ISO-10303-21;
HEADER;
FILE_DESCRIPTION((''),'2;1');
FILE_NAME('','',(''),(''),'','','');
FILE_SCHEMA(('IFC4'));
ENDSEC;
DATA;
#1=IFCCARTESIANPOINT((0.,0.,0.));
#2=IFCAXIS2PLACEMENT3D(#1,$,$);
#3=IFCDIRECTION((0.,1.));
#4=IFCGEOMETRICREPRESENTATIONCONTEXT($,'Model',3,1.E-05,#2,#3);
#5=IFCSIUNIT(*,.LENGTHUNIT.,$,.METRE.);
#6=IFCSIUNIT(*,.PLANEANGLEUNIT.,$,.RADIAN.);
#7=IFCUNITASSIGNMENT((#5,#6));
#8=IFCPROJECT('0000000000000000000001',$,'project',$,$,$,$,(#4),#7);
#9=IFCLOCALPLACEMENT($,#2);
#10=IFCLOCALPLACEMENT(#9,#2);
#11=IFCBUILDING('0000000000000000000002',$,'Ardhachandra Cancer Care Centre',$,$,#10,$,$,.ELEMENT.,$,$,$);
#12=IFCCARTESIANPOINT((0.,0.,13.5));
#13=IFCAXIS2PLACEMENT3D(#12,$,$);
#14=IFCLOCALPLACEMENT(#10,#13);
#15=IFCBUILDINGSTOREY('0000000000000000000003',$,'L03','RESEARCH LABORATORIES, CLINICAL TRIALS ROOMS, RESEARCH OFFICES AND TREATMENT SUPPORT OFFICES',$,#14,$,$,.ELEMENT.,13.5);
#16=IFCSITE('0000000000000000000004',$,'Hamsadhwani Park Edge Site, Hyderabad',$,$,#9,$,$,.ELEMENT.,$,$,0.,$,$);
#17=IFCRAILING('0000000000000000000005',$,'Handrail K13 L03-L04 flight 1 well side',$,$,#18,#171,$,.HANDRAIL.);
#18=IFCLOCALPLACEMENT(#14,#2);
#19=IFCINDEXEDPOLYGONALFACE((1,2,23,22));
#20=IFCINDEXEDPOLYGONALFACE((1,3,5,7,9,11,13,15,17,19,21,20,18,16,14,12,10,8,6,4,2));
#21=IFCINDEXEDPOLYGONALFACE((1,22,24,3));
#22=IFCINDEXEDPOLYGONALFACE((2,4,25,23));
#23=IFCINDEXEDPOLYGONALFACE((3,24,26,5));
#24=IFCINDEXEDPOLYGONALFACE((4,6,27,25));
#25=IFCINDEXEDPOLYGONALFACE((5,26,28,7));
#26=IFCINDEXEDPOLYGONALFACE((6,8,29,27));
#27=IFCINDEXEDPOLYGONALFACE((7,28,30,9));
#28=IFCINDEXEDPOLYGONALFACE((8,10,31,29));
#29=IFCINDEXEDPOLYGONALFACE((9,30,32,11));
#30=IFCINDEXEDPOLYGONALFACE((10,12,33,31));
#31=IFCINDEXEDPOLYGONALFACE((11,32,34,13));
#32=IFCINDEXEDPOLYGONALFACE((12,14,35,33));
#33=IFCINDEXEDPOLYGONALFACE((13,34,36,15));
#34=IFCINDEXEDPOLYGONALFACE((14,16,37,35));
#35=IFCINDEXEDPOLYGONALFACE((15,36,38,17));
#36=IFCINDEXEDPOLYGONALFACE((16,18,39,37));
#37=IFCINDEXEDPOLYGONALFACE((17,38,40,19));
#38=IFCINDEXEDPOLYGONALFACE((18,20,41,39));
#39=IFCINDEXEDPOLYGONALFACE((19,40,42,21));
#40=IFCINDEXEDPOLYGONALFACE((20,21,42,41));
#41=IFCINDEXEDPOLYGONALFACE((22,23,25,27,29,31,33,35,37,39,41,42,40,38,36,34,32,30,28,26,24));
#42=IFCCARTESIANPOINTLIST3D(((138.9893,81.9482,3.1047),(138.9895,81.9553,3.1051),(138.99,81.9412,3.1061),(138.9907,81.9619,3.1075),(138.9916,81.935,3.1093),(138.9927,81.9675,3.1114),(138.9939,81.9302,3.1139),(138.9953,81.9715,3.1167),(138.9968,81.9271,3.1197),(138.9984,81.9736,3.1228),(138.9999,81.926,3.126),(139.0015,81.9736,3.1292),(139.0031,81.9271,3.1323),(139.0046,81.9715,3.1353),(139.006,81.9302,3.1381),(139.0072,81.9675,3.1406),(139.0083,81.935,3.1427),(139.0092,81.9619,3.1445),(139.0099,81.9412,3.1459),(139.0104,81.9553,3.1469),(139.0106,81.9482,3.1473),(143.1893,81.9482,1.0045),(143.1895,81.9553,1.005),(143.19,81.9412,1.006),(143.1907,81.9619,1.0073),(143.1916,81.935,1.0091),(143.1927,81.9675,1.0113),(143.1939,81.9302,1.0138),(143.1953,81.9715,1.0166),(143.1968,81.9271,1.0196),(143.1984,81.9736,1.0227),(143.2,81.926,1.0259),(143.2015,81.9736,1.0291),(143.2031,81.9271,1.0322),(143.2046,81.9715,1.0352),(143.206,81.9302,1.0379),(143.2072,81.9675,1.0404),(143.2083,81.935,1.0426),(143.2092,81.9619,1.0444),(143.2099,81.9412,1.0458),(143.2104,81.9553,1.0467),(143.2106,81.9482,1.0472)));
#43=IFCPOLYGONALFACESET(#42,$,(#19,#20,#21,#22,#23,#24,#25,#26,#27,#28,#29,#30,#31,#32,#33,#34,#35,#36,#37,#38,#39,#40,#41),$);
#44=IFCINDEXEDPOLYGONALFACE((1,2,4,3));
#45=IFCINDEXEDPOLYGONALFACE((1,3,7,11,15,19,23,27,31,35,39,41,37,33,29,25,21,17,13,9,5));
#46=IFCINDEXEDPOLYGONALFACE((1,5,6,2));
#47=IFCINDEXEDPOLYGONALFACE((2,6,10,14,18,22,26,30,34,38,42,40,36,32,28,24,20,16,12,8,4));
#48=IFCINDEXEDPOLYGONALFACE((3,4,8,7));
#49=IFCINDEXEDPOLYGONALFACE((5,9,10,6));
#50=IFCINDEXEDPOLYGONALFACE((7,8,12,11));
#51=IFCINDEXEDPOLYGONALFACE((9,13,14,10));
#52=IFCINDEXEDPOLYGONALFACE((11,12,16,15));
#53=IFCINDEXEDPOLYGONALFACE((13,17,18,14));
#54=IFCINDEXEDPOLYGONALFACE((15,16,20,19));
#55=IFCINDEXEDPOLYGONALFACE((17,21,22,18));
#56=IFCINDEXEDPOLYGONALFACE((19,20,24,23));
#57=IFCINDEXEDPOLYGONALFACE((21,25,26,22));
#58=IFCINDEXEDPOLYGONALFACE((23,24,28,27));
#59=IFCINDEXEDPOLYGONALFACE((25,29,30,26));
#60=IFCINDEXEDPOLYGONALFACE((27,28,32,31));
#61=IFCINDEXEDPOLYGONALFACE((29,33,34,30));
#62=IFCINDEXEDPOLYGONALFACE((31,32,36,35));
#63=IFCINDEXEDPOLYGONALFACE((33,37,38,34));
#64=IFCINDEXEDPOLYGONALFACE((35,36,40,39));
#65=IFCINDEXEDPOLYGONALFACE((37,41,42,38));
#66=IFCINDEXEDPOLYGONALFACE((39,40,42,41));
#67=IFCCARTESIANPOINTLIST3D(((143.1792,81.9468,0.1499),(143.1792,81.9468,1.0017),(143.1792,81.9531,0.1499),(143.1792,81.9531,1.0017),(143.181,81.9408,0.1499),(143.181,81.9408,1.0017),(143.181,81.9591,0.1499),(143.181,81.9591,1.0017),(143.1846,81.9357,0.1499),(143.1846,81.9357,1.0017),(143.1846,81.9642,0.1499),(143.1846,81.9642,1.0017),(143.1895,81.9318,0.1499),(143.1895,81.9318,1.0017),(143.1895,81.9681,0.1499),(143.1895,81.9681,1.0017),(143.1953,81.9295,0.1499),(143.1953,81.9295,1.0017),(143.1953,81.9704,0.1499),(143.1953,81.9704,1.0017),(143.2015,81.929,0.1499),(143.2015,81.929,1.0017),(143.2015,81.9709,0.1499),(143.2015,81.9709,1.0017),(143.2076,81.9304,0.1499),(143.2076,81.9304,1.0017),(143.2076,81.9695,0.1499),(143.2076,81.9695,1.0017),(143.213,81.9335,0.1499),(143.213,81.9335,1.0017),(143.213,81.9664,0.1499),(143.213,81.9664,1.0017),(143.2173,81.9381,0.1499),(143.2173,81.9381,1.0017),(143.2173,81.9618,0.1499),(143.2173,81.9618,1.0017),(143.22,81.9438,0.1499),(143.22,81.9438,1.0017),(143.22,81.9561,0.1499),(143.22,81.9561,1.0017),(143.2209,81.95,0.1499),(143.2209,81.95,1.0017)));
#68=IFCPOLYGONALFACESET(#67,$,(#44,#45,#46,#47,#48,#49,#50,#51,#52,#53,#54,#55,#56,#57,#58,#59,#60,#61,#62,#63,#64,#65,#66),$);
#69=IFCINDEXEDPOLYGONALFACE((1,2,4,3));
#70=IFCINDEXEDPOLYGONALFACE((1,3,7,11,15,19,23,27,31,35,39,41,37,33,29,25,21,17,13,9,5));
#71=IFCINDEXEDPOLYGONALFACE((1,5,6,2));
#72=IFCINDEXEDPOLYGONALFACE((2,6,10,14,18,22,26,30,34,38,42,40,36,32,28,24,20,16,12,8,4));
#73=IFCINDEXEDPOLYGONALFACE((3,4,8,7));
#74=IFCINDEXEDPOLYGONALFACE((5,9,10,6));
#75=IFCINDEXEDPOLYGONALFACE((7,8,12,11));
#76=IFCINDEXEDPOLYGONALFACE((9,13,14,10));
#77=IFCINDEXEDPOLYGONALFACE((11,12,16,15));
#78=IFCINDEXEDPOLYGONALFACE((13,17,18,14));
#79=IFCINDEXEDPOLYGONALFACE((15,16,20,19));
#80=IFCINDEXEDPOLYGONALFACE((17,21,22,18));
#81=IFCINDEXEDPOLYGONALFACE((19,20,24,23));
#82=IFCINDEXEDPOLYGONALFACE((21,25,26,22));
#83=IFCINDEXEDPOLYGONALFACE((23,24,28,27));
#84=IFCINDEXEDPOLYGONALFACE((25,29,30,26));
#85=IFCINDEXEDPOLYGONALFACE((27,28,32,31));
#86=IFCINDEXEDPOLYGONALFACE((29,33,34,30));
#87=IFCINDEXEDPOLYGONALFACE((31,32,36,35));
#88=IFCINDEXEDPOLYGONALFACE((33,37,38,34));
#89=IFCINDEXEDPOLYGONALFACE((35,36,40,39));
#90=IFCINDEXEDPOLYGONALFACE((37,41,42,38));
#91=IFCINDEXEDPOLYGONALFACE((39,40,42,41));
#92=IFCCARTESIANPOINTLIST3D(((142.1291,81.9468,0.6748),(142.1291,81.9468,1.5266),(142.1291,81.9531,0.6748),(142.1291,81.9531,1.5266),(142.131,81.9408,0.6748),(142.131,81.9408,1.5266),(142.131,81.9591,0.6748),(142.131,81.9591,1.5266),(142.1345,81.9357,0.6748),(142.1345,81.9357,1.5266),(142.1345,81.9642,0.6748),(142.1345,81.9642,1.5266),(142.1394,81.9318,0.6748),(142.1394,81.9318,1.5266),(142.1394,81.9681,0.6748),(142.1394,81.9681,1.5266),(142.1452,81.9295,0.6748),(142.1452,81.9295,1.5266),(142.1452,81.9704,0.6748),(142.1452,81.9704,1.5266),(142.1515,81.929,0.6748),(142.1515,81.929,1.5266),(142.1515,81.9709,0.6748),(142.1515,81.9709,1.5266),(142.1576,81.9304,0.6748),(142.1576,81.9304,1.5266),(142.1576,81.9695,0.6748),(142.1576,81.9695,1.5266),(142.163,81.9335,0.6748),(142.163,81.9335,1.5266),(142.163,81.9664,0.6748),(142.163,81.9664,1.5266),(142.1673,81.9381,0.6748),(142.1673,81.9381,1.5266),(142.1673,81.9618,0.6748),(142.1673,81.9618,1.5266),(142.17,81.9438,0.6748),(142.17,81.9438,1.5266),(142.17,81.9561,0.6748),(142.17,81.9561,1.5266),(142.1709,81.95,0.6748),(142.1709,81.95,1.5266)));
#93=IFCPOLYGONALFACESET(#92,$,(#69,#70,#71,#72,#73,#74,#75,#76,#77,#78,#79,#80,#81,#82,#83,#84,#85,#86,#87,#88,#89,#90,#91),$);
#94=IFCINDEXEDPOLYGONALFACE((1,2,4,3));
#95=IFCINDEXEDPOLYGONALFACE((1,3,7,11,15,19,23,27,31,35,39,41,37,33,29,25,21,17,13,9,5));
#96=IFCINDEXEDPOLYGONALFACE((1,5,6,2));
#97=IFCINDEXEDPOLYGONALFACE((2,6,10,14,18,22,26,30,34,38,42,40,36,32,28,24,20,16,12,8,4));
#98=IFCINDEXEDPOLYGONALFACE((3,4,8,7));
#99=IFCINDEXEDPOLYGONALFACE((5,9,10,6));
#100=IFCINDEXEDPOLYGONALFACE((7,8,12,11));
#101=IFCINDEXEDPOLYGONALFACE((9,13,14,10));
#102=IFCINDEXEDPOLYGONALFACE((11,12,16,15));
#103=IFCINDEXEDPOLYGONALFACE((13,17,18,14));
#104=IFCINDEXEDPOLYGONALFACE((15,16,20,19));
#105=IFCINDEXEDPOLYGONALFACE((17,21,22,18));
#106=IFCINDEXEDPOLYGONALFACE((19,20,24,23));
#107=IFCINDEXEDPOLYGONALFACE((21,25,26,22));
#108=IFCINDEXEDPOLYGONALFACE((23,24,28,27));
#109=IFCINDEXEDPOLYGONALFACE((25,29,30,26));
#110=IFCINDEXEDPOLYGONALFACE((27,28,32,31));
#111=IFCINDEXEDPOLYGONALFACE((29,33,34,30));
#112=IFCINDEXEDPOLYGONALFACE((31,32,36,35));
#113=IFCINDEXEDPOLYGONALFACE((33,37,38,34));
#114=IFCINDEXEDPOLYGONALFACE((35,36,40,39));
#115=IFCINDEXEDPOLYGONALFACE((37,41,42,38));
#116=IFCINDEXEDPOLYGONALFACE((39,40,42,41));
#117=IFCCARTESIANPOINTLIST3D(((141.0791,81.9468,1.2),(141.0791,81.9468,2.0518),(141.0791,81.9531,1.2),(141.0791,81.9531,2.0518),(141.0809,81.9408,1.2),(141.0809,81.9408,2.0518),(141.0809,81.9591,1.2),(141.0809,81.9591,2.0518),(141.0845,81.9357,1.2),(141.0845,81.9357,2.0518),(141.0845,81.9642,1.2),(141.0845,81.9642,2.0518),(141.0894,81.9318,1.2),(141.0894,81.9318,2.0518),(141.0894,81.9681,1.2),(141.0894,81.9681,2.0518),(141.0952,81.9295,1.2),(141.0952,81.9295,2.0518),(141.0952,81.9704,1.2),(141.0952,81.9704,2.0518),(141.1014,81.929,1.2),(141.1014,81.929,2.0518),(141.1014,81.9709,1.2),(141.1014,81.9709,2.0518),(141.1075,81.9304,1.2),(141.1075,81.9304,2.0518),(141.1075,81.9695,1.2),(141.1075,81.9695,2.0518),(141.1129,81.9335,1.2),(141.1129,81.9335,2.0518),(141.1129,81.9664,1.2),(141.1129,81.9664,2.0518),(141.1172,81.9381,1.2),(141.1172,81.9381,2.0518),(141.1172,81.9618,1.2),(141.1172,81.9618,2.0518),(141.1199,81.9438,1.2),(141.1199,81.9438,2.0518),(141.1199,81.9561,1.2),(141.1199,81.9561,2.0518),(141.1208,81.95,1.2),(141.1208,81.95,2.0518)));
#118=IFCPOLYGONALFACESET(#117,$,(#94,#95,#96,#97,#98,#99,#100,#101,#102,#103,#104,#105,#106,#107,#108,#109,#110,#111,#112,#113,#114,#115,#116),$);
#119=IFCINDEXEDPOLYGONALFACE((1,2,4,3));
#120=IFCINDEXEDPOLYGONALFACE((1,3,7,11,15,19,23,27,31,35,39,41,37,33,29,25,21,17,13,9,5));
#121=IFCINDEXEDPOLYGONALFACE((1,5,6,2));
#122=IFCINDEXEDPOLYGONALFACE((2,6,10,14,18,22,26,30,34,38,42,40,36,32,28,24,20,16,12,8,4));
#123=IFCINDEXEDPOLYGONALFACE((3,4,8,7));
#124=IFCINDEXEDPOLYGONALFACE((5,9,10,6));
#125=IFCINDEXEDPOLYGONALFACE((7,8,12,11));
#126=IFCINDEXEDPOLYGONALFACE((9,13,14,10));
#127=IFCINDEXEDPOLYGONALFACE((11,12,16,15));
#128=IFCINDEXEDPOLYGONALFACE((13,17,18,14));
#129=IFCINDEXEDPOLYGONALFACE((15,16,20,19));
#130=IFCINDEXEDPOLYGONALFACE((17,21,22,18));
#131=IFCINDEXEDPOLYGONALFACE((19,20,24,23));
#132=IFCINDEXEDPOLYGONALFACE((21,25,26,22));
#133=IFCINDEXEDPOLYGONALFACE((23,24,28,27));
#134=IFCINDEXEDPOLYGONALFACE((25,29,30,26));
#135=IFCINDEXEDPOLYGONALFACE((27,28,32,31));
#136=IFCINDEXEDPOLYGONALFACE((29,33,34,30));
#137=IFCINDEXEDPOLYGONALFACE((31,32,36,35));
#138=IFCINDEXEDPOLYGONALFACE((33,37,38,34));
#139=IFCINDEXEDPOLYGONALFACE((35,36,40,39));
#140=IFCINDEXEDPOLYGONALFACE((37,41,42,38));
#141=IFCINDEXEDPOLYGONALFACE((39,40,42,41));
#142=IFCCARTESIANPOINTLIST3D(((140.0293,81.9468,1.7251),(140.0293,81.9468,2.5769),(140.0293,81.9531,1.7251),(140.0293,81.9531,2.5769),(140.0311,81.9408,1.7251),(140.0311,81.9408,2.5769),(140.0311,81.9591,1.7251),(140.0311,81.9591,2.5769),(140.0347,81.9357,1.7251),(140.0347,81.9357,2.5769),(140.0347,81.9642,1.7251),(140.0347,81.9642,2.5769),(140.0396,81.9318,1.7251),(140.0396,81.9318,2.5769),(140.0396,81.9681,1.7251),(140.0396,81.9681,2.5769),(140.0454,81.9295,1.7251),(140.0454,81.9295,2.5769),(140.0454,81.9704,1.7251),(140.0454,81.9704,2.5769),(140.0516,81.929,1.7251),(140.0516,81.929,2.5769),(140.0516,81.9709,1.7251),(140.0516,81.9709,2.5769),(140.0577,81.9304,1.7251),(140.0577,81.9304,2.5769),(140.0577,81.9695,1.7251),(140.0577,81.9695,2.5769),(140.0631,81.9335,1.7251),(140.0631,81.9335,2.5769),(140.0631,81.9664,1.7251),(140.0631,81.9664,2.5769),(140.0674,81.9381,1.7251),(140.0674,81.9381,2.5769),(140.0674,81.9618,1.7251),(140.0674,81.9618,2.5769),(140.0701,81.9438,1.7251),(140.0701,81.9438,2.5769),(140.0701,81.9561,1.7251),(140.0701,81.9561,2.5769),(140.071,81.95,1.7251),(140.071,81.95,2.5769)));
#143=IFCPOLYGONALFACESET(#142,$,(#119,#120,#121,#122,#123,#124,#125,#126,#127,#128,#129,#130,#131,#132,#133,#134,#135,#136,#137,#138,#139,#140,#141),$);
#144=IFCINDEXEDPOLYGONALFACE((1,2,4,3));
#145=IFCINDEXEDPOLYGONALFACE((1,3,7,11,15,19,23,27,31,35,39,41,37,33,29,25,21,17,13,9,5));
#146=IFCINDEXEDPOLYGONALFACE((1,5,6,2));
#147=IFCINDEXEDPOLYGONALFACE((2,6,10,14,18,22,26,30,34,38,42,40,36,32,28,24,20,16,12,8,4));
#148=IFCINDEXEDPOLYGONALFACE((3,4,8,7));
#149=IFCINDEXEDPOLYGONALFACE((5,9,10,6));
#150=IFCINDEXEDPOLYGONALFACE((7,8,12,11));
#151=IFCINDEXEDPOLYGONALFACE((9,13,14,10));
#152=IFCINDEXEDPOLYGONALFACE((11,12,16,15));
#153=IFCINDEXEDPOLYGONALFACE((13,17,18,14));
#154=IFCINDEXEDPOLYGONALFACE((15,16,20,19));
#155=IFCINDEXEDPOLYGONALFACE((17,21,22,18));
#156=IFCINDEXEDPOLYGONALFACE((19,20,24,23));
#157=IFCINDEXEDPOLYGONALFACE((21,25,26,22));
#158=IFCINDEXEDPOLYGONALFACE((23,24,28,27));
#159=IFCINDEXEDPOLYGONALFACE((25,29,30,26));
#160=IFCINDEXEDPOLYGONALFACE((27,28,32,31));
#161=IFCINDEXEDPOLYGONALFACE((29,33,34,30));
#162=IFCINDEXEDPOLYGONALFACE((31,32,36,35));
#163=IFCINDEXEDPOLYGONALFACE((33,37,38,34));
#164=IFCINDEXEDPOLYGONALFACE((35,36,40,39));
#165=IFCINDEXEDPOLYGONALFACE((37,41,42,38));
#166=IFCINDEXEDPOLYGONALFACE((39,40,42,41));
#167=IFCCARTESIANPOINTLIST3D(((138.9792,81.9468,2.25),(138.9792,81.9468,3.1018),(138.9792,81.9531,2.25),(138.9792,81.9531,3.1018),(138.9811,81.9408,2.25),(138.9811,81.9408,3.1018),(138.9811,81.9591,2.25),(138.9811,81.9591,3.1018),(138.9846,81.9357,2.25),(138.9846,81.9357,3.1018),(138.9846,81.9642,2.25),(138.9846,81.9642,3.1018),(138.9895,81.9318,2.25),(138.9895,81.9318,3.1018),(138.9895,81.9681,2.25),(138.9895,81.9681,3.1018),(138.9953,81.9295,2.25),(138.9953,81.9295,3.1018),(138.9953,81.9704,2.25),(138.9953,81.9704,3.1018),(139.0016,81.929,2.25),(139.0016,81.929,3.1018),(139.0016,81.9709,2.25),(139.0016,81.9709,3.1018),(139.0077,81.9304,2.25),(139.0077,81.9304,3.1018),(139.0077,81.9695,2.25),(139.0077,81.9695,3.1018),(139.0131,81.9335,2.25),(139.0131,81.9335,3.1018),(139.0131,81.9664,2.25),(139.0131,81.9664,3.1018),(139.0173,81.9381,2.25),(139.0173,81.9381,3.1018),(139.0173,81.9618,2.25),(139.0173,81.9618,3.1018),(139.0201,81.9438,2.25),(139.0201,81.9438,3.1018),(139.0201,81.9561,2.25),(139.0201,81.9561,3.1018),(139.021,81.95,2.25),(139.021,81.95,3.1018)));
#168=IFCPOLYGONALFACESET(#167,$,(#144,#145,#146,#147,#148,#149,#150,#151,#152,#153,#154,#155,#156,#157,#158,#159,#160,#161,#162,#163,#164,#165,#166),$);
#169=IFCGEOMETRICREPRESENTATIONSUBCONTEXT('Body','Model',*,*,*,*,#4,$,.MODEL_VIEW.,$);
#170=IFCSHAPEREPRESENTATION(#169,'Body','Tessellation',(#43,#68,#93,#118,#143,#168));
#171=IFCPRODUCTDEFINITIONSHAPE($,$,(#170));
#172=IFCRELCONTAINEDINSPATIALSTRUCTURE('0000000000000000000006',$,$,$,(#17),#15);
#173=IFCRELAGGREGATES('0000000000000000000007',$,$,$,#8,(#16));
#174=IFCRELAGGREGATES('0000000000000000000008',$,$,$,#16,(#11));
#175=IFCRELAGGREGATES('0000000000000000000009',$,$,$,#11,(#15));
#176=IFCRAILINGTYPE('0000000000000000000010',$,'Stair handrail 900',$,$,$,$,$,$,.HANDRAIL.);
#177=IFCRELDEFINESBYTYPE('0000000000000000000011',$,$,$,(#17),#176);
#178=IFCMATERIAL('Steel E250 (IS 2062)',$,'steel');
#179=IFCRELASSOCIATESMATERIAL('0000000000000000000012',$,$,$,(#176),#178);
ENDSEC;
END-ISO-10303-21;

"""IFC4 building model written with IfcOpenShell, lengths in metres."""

from ifc_helpers import new_model, si_unit, direction, frame, origin, origin_2d, place, context, subcontext, project, spatial, circle, extrude, material, type_object, element, save


model = new_model("IFC4")

# Units and contexts
model_context = context("Model", 3, precision=1e-05, world=origin(), true_north=direction((0.0, 1.0)))
body_context = subcontext(model_context, "Body", "Model", "MODEL_VIEW")
ifc_project = project(units=[si_unit("LENGTHUNIT", "METRE"), si_unit("PLANEANGLEUNIT", "RADIAN")], contexts=[model_context])

# Site, building, storey
site_placement = place(None, origin())
site = spatial("IfcSite", under=ifc_project, at=site_placement, Name="Hamsadhwani Park Edge Site, Hyderabad", CompositionType="ELEMENT", RefElevation=0.0)
building_placement = place(site_placement, origin())
building = spatial("IfcBuilding", under=site, at=building_placement, Name="Ardhachandra Cancer Care Centre", CompositionType="ELEMENT")
storey_placement = place(building_placement, frame((0.0, 0.0, 13.5)))
storey = spatial("IfcBuildingStorey", under=building, at=storey_placement, Name="L03", Description="RESEARCH LABORATORIES, CLINICAL TRIALS ROOMS, RESEARCH OFFICES AND TREATMENT SUPPORT OFFICES", CompositionType="ELEMENT", Elevation=13.5)

# Railing
ifc_material_1 = material(Name="Steel E250 (IS 2062)", Category="steel")
railing_type_1 = type_object("IfcRailingType", Name="Stair handrail 900", PredefinedType="HANDRAIL", material=ifc_material_1)
for number, where, name in (
    (1, (143.2, 81.95, 0.1499), "Handrail K13 L03-L04 flight 1 well side"),
):
    element("IfcRailing", number, at=place(storey_placement, frame(where)), inside=storey, type_object=railing_type_1, Name=name, PredefinedType="HANDRAIL", context=body_context, shape_type="SweptSolid", body=[
        extrude(circle(Radius=0.0239, at=origin_2d()), frame((0.0, 0.0, 0.876), z_axis=(-0.894417, 0.0, 0.447234), x_axis=(0.0, -1.0, 0.0)), (0.0, 0.0, 1.0), 4.6958),
        extrude(circle(Radius=0.021, at=origin_2d()), origin(), (0.0, 0.0, 1.0), 0.8518),
        extrude(circle(Radius=0.021, at=origin_2d()), frame((-1.05, 0.0, 0.5249)), (0.0, 0.0, 1.0), 0.8518),
        extrude(circle(Radius=0.021, at=origin_2d()), frame((-2.1001, 0.0, 1.05)), (0.0, 0.0, 1.0), 0.8518),
        extrude(circle(Radius=0.021, at=origin_2d()), frame((-3.1499, 0.0, 1.5752)), (0.0, 0.0, 1.0), 0.8518),
        extrude(circle(Radius=0.021, at=origin_2d()), frame((-4.2, 0.0, 2.1001)), (0.0, 0.0, 1.0), 0.8518),
    ])

save(model, "model.ifc")
